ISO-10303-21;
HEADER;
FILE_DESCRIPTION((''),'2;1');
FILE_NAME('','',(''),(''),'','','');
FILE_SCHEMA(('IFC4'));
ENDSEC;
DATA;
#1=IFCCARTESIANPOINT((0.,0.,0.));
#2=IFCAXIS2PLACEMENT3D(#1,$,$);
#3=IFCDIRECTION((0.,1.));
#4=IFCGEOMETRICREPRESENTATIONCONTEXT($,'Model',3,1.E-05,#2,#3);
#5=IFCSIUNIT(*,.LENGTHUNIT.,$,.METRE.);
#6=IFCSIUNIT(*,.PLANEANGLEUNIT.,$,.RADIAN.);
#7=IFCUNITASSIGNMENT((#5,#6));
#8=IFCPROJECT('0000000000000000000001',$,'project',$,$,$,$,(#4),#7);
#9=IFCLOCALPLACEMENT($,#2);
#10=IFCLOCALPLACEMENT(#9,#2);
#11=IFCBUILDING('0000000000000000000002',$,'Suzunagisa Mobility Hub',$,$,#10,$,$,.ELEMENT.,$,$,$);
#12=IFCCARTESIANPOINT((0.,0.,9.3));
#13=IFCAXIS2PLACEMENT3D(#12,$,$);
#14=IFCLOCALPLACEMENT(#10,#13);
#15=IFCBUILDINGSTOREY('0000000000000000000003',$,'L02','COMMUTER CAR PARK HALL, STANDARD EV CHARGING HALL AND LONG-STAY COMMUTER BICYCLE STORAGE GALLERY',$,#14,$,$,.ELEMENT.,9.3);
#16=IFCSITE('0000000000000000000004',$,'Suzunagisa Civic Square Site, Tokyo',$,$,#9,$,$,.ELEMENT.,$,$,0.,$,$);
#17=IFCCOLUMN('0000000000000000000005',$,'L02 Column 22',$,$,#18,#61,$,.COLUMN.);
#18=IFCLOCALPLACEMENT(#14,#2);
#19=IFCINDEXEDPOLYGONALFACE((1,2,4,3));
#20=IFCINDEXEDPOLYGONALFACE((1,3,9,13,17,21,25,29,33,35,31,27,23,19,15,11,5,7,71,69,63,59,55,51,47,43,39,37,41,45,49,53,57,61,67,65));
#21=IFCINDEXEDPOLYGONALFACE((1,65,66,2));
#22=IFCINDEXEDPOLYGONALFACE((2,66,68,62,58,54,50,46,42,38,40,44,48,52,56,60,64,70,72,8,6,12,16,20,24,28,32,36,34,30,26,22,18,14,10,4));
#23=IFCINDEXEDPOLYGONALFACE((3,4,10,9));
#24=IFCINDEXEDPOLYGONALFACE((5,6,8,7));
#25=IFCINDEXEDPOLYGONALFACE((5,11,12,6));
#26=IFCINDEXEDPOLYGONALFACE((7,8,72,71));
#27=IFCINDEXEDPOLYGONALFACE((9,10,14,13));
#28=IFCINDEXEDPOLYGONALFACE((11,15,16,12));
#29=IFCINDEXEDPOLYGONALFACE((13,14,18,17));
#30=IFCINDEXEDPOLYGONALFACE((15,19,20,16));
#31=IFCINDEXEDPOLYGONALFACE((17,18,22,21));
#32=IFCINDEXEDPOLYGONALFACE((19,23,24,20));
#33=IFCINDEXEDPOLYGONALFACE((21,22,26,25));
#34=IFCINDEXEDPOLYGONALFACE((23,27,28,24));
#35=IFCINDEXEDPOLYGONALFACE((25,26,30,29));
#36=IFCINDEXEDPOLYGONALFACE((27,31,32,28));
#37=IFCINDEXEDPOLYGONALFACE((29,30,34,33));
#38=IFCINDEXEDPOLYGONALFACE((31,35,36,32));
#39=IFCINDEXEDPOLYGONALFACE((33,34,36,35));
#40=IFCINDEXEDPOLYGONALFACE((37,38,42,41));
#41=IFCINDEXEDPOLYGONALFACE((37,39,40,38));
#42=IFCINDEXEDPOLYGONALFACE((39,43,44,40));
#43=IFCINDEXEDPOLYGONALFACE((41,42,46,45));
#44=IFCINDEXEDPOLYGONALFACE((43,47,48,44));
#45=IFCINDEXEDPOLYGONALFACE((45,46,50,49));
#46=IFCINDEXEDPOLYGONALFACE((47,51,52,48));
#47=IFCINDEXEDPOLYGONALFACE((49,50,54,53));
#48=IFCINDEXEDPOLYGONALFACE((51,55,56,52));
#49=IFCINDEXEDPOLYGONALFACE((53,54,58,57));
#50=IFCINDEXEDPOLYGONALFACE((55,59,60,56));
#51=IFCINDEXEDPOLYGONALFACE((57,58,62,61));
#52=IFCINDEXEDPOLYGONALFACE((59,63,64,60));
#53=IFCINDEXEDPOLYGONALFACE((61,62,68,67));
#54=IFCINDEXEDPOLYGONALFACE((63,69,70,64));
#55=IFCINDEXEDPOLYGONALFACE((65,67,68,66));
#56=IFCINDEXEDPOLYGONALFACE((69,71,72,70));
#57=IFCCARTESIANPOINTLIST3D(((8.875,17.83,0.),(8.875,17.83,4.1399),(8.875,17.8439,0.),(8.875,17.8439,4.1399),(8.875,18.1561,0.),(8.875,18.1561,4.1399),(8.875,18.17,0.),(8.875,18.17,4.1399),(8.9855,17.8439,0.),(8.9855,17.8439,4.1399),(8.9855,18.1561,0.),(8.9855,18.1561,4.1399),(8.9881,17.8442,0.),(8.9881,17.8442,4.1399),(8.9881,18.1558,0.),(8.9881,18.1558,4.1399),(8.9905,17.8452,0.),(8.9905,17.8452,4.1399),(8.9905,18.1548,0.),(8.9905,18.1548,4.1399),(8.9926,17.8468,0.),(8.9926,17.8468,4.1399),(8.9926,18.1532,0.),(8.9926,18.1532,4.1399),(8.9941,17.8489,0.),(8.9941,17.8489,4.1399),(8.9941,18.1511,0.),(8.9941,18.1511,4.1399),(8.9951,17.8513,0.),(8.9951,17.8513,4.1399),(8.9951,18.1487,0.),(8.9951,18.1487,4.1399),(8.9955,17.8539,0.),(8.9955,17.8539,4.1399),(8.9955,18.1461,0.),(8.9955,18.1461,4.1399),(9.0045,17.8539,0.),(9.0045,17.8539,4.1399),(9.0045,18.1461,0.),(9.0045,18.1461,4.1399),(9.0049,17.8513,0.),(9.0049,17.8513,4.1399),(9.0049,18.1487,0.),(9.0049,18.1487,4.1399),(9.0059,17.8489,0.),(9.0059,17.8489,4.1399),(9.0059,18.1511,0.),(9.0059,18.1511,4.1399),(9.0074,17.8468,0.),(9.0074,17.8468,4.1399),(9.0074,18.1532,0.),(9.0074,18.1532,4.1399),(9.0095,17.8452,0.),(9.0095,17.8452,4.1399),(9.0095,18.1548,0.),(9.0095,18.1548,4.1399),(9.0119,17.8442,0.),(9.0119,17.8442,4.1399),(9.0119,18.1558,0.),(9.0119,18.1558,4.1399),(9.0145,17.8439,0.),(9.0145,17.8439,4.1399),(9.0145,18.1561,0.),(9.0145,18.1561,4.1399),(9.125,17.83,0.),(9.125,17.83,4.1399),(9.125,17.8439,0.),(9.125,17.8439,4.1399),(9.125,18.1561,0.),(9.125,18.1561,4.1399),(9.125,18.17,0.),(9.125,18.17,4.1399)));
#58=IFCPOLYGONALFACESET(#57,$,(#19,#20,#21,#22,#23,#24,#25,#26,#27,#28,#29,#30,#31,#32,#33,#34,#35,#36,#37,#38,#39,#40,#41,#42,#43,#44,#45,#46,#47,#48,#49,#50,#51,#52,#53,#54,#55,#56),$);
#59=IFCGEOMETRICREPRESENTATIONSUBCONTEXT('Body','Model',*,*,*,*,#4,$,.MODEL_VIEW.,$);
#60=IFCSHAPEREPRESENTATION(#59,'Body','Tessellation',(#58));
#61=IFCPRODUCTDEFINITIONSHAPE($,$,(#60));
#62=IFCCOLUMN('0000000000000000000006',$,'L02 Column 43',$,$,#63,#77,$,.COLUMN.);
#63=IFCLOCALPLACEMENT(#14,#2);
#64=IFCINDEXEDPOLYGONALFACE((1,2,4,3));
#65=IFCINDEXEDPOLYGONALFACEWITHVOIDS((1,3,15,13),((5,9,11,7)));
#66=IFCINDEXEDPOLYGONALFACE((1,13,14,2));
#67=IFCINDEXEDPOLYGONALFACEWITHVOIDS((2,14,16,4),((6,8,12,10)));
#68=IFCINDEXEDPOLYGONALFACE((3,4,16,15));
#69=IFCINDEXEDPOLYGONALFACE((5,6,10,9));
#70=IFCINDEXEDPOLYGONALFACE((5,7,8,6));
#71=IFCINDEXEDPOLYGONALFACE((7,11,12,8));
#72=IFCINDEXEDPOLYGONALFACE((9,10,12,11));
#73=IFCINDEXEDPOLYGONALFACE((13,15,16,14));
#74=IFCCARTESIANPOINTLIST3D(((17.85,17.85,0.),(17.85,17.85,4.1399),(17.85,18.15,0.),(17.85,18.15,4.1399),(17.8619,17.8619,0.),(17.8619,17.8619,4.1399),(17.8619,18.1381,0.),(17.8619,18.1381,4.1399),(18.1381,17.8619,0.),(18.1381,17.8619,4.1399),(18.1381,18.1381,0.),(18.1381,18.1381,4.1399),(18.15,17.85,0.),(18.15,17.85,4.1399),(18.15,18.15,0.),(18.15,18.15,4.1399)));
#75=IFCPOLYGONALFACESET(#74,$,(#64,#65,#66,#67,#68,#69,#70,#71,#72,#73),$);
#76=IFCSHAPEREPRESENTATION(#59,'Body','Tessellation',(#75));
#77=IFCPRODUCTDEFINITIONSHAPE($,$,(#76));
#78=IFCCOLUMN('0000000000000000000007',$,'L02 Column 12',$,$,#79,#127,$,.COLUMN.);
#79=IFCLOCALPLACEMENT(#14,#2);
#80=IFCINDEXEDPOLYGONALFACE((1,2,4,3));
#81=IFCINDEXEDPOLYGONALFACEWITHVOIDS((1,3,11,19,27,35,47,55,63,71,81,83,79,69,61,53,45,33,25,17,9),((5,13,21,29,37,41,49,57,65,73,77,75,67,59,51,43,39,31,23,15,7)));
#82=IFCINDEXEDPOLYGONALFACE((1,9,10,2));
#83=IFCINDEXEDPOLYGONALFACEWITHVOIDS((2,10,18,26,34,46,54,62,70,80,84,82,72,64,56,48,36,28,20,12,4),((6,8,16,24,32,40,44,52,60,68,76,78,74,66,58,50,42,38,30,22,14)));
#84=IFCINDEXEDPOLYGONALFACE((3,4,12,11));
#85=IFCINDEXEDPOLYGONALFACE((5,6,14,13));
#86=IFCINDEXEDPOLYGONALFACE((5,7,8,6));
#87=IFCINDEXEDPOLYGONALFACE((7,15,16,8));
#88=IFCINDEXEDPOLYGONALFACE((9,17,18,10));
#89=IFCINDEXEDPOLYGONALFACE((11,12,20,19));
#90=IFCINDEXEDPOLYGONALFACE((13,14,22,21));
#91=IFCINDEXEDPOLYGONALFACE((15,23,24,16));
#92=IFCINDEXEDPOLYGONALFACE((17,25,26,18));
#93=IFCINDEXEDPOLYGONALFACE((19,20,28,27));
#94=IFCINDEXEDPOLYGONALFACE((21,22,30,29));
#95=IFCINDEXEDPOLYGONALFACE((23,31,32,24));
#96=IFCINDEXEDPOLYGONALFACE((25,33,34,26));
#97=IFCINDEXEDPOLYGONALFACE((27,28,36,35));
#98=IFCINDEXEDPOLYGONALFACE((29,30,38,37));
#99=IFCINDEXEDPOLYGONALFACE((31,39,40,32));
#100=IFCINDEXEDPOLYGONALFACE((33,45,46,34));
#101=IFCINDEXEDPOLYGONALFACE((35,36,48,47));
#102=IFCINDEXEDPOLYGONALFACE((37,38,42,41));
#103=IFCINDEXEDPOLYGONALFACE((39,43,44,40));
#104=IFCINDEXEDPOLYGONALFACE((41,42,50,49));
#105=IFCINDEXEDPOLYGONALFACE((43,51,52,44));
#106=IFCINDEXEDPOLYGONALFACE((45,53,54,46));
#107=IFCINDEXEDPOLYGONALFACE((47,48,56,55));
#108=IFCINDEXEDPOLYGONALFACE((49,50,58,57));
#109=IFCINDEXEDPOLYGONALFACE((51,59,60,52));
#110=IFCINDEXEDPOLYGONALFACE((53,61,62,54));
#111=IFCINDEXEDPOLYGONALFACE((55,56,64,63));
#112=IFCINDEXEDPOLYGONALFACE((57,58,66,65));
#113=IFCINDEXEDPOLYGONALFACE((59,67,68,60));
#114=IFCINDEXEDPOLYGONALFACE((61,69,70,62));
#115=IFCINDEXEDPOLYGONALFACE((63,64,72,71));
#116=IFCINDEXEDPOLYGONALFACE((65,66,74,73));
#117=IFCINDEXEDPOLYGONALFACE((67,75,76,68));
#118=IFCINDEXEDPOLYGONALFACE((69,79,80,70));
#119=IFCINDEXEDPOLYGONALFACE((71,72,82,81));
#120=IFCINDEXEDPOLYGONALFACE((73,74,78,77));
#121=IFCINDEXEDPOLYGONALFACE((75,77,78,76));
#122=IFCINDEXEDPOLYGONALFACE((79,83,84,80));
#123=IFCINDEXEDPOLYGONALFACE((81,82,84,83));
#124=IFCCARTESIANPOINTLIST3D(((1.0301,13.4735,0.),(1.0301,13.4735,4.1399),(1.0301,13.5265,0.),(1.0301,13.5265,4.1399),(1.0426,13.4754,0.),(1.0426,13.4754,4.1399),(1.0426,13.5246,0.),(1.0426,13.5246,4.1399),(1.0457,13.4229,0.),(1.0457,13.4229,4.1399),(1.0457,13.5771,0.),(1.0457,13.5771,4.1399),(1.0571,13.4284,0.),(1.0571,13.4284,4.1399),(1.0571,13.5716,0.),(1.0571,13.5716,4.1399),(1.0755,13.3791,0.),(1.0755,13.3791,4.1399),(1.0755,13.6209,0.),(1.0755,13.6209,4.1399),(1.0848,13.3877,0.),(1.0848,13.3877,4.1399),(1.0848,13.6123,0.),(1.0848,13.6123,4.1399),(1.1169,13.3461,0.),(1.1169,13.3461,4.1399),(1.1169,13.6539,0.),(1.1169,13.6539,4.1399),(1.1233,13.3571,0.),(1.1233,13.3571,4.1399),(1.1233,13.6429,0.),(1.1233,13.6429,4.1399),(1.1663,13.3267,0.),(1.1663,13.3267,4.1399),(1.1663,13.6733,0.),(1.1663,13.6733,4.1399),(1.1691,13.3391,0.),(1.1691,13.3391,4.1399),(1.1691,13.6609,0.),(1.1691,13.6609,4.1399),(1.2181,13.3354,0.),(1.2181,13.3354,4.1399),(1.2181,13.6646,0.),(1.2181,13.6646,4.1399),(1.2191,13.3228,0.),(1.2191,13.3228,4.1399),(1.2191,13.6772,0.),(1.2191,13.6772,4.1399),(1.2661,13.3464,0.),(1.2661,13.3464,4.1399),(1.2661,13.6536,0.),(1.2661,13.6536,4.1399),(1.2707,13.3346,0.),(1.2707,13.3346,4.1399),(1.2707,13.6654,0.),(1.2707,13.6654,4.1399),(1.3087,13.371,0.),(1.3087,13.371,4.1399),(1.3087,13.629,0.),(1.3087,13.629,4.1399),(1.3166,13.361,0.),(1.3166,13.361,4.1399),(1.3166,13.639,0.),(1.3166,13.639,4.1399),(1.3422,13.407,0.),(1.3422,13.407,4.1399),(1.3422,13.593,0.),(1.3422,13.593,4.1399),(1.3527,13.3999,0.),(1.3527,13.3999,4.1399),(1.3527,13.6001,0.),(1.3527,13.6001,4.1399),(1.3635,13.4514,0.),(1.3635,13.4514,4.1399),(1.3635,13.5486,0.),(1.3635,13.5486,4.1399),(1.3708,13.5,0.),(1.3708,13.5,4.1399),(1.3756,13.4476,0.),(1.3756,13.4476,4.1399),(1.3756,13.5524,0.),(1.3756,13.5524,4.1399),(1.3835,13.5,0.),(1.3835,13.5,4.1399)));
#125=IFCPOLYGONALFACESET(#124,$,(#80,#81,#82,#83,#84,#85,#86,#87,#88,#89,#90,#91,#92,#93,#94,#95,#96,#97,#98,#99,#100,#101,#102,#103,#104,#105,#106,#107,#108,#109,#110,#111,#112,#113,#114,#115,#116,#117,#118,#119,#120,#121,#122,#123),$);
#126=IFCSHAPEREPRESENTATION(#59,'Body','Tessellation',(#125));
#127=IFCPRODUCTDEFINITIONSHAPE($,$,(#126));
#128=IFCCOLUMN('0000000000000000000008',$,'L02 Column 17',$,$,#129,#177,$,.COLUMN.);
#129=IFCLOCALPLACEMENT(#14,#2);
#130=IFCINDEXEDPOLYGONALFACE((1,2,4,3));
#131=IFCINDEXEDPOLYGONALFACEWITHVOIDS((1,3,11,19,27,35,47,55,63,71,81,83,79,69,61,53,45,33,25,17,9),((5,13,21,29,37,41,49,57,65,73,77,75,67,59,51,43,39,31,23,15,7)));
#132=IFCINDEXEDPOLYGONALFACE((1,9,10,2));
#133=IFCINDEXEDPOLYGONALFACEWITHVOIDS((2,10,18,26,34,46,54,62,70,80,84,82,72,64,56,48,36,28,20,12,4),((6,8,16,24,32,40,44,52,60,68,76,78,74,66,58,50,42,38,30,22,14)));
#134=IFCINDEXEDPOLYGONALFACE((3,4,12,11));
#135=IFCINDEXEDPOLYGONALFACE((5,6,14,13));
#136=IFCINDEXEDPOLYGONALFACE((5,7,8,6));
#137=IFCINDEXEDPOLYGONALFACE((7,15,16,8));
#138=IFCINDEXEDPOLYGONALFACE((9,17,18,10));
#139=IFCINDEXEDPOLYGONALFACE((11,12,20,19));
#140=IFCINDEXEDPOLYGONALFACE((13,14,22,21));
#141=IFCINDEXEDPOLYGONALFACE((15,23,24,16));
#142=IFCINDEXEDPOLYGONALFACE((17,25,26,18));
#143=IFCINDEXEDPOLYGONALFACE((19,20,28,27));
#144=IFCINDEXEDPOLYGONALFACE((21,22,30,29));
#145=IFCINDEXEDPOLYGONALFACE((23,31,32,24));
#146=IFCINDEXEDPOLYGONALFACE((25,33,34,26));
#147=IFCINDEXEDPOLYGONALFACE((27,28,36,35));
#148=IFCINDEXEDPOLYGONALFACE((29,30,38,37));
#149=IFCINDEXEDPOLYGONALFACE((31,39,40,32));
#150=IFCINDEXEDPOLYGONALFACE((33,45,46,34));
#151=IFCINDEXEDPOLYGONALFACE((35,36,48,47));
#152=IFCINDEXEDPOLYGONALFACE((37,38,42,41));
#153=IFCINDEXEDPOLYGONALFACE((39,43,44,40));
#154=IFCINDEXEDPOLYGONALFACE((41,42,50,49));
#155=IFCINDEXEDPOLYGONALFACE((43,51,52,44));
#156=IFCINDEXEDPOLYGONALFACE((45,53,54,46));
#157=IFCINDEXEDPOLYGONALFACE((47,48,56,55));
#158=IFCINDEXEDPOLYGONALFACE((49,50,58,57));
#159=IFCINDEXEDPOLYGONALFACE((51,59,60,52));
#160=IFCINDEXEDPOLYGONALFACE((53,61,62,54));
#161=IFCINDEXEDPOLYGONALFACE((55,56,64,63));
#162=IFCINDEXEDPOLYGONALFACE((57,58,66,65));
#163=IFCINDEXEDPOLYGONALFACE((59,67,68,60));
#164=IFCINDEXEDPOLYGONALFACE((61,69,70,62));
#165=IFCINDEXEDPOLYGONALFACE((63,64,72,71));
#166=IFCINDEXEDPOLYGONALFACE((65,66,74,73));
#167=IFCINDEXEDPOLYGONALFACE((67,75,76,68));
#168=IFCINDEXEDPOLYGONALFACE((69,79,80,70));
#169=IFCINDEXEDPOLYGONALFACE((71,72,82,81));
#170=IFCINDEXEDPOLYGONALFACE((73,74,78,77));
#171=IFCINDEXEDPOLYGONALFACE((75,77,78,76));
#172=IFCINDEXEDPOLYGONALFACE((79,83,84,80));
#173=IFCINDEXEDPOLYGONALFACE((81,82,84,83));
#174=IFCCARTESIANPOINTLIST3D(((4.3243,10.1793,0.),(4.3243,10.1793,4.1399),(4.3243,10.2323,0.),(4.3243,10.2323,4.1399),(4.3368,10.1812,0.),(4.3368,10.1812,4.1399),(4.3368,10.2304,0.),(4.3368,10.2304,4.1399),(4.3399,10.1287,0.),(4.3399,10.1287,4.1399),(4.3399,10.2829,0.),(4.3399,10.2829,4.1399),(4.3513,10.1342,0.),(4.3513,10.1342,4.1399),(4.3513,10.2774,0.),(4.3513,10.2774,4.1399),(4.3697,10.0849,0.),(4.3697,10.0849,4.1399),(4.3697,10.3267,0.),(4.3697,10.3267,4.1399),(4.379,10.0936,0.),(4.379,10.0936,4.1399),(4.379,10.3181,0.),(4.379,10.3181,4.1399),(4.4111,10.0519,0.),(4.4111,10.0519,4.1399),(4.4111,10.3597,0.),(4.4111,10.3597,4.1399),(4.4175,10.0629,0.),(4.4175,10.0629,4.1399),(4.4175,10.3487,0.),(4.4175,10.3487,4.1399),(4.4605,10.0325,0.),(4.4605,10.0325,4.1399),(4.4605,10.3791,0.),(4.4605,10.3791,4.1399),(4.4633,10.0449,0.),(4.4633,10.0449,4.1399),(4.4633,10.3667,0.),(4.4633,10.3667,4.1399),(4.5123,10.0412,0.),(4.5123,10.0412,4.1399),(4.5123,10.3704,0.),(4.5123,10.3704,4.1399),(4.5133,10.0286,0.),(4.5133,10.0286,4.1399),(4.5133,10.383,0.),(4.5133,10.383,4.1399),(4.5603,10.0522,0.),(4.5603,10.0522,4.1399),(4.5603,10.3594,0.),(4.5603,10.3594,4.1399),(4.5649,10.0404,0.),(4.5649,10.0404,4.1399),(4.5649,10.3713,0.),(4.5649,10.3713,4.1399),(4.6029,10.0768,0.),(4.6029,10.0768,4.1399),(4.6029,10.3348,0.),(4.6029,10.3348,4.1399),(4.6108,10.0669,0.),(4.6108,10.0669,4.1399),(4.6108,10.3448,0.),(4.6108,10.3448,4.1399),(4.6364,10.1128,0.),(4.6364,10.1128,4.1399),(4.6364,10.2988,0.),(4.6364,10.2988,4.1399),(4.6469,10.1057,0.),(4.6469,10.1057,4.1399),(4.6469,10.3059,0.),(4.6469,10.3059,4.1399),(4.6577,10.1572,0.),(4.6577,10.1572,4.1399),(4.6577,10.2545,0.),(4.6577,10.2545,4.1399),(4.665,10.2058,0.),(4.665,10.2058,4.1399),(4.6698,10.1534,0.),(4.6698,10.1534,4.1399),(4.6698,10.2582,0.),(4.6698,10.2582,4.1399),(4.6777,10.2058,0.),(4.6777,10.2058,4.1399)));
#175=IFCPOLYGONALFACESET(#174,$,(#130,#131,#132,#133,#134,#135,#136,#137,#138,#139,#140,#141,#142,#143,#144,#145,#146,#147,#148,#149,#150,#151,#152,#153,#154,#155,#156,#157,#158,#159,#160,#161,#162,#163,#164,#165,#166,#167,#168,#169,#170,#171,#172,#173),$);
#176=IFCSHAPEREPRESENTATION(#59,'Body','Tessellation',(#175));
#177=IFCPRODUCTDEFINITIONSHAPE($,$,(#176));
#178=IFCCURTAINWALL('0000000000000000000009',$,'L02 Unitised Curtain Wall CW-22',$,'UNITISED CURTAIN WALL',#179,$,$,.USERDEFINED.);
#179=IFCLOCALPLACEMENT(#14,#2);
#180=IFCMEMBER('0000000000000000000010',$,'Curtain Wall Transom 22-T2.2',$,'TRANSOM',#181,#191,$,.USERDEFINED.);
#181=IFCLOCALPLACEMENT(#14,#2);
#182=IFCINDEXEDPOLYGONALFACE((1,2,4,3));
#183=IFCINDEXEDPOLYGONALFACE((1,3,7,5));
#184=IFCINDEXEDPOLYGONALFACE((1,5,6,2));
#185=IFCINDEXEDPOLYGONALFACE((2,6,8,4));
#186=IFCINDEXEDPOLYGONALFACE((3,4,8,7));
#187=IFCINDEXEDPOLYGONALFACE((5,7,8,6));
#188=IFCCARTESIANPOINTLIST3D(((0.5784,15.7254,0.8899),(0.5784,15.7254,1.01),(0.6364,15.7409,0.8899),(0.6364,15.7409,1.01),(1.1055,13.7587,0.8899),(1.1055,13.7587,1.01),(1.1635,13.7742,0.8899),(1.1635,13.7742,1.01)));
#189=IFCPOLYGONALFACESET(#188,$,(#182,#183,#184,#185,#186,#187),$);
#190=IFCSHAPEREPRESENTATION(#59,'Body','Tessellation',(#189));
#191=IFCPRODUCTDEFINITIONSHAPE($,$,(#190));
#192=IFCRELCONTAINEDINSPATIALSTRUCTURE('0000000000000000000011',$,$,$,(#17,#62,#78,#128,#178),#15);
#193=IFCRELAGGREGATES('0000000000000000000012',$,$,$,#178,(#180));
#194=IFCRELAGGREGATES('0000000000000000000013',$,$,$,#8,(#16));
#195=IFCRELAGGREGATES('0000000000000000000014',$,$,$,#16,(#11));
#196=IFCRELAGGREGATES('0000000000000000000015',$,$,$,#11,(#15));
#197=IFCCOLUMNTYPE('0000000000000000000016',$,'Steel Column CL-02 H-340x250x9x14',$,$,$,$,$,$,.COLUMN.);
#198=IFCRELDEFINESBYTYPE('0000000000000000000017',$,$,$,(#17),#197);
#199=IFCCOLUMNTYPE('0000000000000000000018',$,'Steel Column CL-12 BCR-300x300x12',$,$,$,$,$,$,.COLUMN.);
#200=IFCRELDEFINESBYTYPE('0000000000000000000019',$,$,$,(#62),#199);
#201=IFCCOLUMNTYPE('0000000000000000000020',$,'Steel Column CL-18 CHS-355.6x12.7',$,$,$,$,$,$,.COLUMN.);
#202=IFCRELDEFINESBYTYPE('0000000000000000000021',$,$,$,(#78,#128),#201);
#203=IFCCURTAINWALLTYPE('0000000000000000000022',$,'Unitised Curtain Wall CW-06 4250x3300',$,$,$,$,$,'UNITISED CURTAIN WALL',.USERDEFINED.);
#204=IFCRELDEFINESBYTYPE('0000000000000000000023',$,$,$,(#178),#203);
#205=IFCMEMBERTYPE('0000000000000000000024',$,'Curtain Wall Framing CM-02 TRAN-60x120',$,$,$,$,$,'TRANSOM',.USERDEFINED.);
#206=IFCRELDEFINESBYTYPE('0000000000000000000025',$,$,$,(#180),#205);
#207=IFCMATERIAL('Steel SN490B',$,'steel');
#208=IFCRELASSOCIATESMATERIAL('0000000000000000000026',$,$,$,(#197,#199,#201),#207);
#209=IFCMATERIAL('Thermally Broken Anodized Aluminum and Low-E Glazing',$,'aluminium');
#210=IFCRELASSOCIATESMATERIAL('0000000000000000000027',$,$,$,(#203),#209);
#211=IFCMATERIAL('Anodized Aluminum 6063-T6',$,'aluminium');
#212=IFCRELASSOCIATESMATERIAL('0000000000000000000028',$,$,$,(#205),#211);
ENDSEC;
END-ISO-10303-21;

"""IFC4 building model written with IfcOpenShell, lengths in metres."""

from ifc_helpers import new_model, si_unit, direction, frame, origin, origin_2d, place, context, subcontext, project, spatial, rectangle, hollow_rectangle, hollow_circle, i_section, extrude, material, material_profile, profile_set, type_object, element, aggregate, save


model = new_model("IFC4")

# Units and contexts
model_context = context("Model", 3, precision=1e-05, world=origin(), true_north=direction((0.0, 1.0)))
body_context = subcontext(model_context, "Body", "Model", "MODEL_VIEW")
ifc_project = project(units=[si_unit("LENGTHUNIT", "METRE"), si_unit("PLANEANGLEUNIT", "RADIAN")], contexts=[model_context])

# Site, building, storey
site_placement = place(None, origin())
site = spatial("IfcSite", under=ifc_project, at=site_placement, Name="Suzunagisa Civic Square Site, Tokyo", CompositionType="ELEMENT", RefElevation=0.0)
building_placement = place(site_placement, origin())
building = spatial("IfcBuilding", under=site, at=building_placement, Name="Suzunagisa Mobility Hub", CompositionType="ELEMENT")
storey_placement = place(building_placement, frame((0.0, 0.0, 9.3)))
storey = spatial("IfcBuildingStorey", under=building, at=storey_placement, Name="L02", Description="COMMUTER CAR PARK HALL, STANDARD EV CHARGING HALL AND LONG-STAY COMMUTER BICYCLE STORAGE GALLERY", CompositionType="ELEMENT", Elevation=9.3)

# Columns
ifc_material_1 = material(Name="Steel SN490B", Category="steel")
ifc_material_profile_1 = material_profile(ifc_material_1, i_section(OverallWidth=0.25, OverallDepth=0.3401, WebThickness=0.009, FlangeThickness=0.0139, FilletRadius=0.01, at=origin_2d()), Name="H-340x250x9x14")
ifc_profile_set_1 = profile_set([ifc_material_profile_1], Name="Steel SN490B")
column_type_1 = type_object("IfcColumnType", Name="Steel Column CL-02 H-340x250x9x14", PredefinedType="COLUMN", material=ifc_profile_set_1)
column_1_placement = place(storey_placement, frame((9.0, 18.0, 0.0), z_axis=(0.0, 0.0, 1.0), x_axis=(1.0, 0.0, 0.0)))
element("IfcColumn", 1, at=column_1_placement, inside=storey, type_object=column_type_1, Name="L02 Column 22", PredefinedType="COLUMN", context=body_context, shape_type="SweptSolid", body=[
    extrude(i_section(OverallWidth=0.25, OverallDepth=0.3401, WebThickness=0.009, FlangeThickness=0.0139, FilletRadius=0.01, at=origin_2d()), origin(), (0.0, 0.0, 1.0), 4.1399),
])
ifc_material_profile_2 = material_profile(ifc_material_1, hollow_rectangle(XDim=0.3, YDim=0.3, WallThickness=0.012, at=origin_2d()), Name="BCR-300x300x12")
ifc_profile_set_2 = profile_set([ifc_material_profile_2], Name="Steel SN490B")
column_type_2 = type_object("IfcColumnType", Name="Steel Column CL-12 BCR-300x300x12", PredefinedType="COLUMN", material=ifc_profile_set_2)
column_2_placement = place(storey_placement, frame((18.0, 18.0, 0.0), z_axis=(0.0, 0.0, 1.0), x_axis=(1.0, 0.0, 0.0)))
element("IfcColumn", 2, at=column_2_placement, inside=storey, type_object=column_type_2, Name="L02 Column 43", PredefinedType="COLUMN", context=body_context, shape_type="SweptSolid", body=[
    extrude(hollow_rectangle(XDim=0.3, YDim=0.3, WallThickness=0.012, at=origin_2d()), origin(), (0.0, 0.0, 1.0), 4.1399),
])
ifc_material_profile_3 = material_profile(ifc_material_1, hollow_circle(Radius=0.1777, WallThickness=0.0127, at=origin_2d()), Name="CHS-355.6x12.7")
ifc_profile_set_3 = profile_set([ifc_material_profile_3], Name="Steel SN490B")
column_type_3 = type_object("IfcColumnType", Name="Steel Column CL-18 CHS-355.6x12.7", PredefinedType="COLUMN", material=ifc_profile_set_3)
for number, where, z_axis, x_axis, name in (
    (3, (1.2058, 13.5, 0.0), (0.0, 0.0, 1.0), (1.0, 0.0, 0.0), "L02 Column 12"),
    (4, (4.5, 10.2058, 0.0), (0.0, 0.0, 1.0), (1.0, 0.0, 0.0), "L02 Column 17"),
):
    element("IfcColumn", number, at=place(storey_placement, frame(where, z_axis=z_axis, x_axis=x_axis)), inside=storey, type_object=column_type_3, Name=name, PredefinedType="COLUMN", context=body_context, shape_type="SweptSolid", body=[
        extrude(hollow_circle(Radius=0.1777, WallThickness=0.0127, at=origin_2d()), origin(), (0.0, 0.0, 1.0), 4.1399),
    ])

# Curtain wall, member
ifc_material_2 = material(Name="Thermally Broken Anodized Aluminum and Low-E Glazing", Category="aluminium")
curtain_wall_type_1 = type_object("IfcCurtainWallType", Name="Unitised Curtain Wall CW-06 4250x3300", ElementType="UNITISED CURTAIN WALL", PredefinedType="USERDEFINED", material=ifc_material_2)
curtain_wall_1_placement = place(storey_placement, origin())
curtain_wall_1 = element("IfcCurtainWall", 5, at=curtain_wall_1_placement, inside=storey, type_object=curtain_wall_type_1, Name="L02 Unitised Curtain Wall CW-22", ObjectType="UNITISED CURTAIN WALL", PredefinedType="USERDEFINED")
ifc_material_3 = material(Name="Anodized Aluminum 6063-T6", Category="aluminium")
ifc_material_profile_4 = material_profile(ifc_material_3, rectangle(XDim=0.0601, YDim=0.1201, at=origin_2d()), Name="TRAN-60x120")
ifc_profile_set_4 = profile_set([ifc_material_profile_4], Name="Anodized Aluminum 6063-T6")
member_type_1 = type_object("IfcMemberType", Name="Curtain Wall Framing CM-02 TRAN-60x120", ElementType="TRANSOM", PredefinedType="USERDEFINED", material=ifc_profile_set_4)
member_1_placement = place(storey_placement, frame((0.6074, 15.7332, 0.95), z_axis=(0.258864, -0.965914, 0.0), x_axis=(0.965914, 0.258864, 0.0)))
member_1 = element("IfcMember", 6, at=member_1_placement, type_object=member_type_1, Name="Curtain Wall Transom 22-T2.2", ObjectType="TRANSOM", PredefinedType="USERDEFINED", context=body_context, shape_type="SweptSolid", body=[
    extrude(rectangle(XDim=0.0601, YDim=0.1201, at=origin_2d()), origin(), (0.0, 0.0, 1.0), 2.0361),
])

aggregate(curtain_wall_1, [member_1])

save(model, "model.ifc")
